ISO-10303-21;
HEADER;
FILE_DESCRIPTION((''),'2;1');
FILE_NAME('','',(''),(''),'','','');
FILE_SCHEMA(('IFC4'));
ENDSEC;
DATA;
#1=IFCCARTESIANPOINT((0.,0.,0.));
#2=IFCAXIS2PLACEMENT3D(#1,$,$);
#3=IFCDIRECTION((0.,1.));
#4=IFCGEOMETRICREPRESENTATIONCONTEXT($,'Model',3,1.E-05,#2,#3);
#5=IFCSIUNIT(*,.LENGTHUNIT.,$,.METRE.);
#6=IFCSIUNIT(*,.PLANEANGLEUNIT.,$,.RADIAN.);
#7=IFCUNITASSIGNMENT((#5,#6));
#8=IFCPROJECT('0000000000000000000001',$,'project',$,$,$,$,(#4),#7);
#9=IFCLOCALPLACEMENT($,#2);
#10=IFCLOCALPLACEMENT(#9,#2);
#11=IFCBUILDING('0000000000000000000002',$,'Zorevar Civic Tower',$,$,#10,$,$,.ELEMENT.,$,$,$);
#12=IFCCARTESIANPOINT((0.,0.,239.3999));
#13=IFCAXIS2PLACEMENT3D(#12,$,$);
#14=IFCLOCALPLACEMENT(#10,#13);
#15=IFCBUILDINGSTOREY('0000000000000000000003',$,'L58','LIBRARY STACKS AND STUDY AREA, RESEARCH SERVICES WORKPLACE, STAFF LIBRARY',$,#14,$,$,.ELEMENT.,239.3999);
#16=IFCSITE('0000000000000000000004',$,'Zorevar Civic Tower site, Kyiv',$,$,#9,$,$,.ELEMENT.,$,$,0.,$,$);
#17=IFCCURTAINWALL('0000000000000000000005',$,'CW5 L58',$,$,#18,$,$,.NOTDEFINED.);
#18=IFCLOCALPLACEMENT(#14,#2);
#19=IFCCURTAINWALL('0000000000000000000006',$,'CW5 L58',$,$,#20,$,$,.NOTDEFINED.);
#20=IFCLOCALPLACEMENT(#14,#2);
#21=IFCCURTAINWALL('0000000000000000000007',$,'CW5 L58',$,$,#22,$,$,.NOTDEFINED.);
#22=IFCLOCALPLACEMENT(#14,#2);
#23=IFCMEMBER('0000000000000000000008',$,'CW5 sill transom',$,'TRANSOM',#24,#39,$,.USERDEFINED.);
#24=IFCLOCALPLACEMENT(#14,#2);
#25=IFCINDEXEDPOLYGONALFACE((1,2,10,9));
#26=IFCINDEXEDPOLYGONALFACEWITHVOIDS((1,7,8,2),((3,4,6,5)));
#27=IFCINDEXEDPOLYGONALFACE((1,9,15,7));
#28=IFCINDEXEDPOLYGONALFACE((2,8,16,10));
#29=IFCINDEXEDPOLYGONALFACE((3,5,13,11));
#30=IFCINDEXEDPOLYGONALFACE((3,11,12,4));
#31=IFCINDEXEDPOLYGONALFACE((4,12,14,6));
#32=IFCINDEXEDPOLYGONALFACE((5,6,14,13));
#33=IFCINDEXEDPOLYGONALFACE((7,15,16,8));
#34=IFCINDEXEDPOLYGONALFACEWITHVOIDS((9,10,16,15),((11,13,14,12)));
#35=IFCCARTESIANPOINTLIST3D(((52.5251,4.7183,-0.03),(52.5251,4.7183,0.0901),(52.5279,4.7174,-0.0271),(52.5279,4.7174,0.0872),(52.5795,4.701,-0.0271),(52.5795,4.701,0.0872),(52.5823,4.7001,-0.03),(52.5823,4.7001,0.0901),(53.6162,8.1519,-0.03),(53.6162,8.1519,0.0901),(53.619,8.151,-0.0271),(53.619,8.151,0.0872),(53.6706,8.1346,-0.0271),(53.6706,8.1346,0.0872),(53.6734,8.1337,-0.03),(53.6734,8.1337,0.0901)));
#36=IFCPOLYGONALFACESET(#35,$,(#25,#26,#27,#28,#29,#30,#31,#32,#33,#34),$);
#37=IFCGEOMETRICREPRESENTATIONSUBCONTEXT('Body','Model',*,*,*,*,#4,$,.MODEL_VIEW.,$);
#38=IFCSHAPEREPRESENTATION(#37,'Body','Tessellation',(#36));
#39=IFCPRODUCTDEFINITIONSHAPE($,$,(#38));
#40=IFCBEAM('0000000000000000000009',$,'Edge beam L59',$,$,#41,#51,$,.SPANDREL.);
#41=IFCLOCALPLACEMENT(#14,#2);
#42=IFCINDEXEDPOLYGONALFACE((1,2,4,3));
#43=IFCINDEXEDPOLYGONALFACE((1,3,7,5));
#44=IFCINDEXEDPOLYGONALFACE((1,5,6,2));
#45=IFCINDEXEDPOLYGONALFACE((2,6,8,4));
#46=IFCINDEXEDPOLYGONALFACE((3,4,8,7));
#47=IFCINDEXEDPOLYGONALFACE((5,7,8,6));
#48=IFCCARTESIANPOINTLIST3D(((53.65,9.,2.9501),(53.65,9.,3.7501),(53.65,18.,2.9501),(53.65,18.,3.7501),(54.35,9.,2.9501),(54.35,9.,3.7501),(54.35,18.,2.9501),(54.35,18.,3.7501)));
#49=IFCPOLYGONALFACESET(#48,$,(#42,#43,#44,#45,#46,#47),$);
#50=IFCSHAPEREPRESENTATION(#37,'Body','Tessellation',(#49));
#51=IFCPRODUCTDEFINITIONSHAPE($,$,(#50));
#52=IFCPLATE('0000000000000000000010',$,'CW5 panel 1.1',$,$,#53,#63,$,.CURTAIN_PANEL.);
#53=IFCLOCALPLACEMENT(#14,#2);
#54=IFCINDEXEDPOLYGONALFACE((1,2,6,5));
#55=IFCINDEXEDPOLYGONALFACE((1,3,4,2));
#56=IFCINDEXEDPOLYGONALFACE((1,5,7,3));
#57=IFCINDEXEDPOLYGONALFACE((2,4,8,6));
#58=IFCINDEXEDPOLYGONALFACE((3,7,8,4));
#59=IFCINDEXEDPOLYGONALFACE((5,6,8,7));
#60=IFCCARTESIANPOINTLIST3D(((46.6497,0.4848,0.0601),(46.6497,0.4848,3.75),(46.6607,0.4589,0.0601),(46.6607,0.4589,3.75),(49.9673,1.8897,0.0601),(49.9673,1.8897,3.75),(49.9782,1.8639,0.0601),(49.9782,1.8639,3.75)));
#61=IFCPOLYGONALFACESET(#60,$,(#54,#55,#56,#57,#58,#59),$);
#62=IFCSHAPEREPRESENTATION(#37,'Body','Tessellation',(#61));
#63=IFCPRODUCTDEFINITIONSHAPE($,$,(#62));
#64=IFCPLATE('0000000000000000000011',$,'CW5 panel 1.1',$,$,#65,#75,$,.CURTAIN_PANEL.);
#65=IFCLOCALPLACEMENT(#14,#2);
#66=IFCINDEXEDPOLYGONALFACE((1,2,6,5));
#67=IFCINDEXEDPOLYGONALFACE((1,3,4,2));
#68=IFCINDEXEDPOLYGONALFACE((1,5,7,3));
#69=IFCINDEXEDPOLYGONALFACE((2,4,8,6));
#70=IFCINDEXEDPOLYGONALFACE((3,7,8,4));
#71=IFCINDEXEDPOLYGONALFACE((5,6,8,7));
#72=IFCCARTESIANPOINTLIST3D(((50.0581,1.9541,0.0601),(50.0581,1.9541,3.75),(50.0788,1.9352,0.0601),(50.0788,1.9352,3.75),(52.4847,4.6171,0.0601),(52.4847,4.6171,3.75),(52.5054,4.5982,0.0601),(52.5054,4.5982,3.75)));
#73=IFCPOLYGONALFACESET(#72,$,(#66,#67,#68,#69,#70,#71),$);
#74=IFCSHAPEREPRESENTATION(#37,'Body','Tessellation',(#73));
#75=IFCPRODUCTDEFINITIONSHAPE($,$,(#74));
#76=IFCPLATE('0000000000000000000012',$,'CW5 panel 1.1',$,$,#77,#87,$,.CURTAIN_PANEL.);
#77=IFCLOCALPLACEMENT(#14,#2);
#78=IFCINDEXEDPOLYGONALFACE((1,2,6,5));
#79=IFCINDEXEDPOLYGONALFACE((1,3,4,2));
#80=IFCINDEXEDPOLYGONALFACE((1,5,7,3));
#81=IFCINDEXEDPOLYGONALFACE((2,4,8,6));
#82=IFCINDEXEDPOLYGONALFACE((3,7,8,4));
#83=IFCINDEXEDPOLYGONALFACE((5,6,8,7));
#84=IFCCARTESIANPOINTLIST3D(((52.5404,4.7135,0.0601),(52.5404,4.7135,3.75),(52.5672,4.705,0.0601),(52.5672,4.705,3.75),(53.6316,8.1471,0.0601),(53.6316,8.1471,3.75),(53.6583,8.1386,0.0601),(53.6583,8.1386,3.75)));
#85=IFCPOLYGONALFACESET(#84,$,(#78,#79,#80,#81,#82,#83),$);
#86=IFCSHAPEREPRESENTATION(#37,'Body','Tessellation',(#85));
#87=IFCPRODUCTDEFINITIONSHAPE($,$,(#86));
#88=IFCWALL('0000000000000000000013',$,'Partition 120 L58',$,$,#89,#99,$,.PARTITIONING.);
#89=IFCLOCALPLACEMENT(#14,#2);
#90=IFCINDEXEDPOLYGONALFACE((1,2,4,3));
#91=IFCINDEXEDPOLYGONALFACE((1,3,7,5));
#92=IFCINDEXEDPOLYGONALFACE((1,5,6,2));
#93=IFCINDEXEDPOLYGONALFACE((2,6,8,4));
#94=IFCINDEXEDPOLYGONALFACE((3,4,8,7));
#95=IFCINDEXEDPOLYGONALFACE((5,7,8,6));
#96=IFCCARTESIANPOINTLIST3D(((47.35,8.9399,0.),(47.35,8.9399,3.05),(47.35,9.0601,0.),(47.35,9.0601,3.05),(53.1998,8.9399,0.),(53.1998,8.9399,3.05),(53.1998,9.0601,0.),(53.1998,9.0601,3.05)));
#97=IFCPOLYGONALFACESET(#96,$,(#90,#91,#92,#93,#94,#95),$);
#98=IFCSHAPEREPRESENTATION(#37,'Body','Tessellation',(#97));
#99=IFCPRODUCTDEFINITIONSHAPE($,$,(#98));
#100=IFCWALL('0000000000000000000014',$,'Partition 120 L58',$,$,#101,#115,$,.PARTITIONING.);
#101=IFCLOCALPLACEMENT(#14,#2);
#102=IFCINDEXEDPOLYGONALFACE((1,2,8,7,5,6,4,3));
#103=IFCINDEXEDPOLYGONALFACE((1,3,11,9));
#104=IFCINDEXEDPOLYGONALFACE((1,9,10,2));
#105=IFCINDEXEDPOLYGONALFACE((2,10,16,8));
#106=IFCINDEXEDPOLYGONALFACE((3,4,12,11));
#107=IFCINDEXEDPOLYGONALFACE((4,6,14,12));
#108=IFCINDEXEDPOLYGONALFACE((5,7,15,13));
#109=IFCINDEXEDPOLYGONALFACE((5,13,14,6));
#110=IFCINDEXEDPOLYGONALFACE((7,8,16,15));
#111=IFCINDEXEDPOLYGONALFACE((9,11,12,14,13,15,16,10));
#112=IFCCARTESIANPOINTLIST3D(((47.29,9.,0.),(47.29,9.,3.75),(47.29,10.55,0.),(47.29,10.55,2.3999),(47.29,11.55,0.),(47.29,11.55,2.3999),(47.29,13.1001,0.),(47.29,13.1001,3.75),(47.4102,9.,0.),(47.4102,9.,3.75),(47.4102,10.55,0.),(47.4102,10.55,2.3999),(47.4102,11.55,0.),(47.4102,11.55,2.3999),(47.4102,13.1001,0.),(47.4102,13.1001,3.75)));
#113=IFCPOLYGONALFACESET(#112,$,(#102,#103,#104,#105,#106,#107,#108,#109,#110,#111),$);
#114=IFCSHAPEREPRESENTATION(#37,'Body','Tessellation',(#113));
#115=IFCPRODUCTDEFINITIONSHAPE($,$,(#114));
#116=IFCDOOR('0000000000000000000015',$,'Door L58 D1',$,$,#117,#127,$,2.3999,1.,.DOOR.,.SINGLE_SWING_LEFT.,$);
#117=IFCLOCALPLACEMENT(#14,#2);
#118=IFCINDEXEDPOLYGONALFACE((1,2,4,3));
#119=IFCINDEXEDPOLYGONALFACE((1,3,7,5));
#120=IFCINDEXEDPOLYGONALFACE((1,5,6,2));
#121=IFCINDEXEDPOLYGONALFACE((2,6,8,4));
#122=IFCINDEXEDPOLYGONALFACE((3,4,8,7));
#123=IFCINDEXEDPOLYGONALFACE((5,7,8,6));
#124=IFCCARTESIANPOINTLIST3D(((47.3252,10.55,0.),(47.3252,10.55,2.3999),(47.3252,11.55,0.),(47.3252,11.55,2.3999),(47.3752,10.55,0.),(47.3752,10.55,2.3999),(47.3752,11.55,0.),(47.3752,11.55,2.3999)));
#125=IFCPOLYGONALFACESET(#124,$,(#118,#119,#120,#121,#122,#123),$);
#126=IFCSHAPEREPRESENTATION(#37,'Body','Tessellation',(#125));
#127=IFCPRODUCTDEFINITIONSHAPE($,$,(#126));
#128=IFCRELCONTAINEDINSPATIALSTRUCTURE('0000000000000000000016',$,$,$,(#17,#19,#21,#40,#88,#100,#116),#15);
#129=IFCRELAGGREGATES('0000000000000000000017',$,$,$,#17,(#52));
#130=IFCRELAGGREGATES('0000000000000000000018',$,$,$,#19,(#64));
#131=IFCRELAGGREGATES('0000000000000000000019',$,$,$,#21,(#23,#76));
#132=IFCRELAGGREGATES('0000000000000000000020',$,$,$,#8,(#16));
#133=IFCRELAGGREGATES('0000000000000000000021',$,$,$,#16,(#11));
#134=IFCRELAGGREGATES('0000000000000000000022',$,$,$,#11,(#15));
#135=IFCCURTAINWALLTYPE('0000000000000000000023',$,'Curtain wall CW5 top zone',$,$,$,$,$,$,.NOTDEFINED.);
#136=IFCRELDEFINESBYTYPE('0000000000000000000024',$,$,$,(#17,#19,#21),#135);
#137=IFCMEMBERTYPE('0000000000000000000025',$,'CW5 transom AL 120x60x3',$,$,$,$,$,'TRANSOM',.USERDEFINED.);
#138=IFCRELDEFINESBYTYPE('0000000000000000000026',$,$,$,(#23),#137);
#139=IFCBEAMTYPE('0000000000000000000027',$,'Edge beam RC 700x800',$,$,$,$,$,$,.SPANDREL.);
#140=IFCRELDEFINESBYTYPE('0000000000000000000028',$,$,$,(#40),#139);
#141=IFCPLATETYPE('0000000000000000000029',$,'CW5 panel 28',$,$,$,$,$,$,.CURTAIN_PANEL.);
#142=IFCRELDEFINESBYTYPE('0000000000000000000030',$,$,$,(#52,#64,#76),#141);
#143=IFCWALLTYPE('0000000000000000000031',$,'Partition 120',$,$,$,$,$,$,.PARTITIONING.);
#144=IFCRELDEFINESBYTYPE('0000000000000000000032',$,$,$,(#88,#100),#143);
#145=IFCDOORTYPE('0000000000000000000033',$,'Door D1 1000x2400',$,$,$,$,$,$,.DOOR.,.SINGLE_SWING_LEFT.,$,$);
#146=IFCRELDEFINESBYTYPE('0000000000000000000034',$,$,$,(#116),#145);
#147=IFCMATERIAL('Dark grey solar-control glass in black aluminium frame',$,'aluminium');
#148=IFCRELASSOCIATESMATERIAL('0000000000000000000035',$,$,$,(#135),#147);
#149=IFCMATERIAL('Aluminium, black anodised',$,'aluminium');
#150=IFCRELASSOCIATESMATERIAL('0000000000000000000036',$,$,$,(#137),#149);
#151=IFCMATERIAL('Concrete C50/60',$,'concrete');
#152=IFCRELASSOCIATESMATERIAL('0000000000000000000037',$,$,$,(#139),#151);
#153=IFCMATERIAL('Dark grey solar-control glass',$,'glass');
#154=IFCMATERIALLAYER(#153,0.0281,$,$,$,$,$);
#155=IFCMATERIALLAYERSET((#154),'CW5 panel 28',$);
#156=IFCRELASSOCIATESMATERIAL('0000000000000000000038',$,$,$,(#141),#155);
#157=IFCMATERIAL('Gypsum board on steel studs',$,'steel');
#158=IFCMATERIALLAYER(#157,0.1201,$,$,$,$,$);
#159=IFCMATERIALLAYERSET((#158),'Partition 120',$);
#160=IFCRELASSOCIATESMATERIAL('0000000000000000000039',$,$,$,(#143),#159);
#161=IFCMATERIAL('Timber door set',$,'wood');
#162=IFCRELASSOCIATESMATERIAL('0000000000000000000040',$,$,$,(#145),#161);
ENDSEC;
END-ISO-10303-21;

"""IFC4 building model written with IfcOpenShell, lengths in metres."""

from ifc_helpers import new_model, si_unit, direction, frame, frame_2d, origin, origin_2d, place, context, subcontext, project, spatial, rectangle, hollow_rectangle, extrude, material, layer, layer_set, material_profile, profile_set, type_object, element, fill, aggregate, save


model = new_model("IFC4")

# Units and contexts
model_context = context("Model", 3, precision=1e-05, world=origin(), true_north=direction((0.0, 1.0)))
body_context = subcontext(model_context, "Body", "Model", "MODEL_VIEW")
ifc_project = project(units=[si_unit("LENGTHUNIT", "METRE"), si_unit("PLANEANGLEUNIT", "RADIAN")], contexts=[model_context])

# Site, building, storey
site_placement = place(None, origin())
site = spatial("IfcSite", under=ifc_project, at=site_placement, Name="Zorevar Civic Tower site, Kyiv", CompositionType="ELEMENT", RefElevation=0.0)
building_placement = place(site_placement, origin())
building = spatial("IfcBuilding", under=site, at=building_placement, Name="Zorevar Civic Tower", CompositionType="ELEMENT")
storey_placement = place(building_placement, frame((0.0, 0.0, 239.3999)))
storey = spatial("IfcBuildingStorey", under=building, at=storey_placement, Name="L58", Description="LIBRARY STACKS AND STUDY AREA, RESEARCH SERVICES WORKPLACE, STAFF LIBRARY", CompositionType="ELEMENT", Elevation=239.3999)

# Curtain walls
ifc_material_1 = material(Name="Dark grey solar-control glass in black aluminium frame", Category="aluminium")
curtain_wall_type = type_object("IfcCurtainWallType", Name="Curtain wall CW5 top zone", PredefinedType="NOTDEFINED", material=ifc_material_1)
curtain_wall_1_placement = place(storey_placement, origin())
curtain_wall_1 = element("IfcCurtainWall", 1, at=curtain_wall_1_placement, inside=storey, type_object=curtain_wall_type, Name="CW5 L58", PredefinedType="NOTDEFINED")
curtain_wall_2_placement = place(storey_placement, origin())
curtain_wall_2 = element("IfcCurtainWall", 2, at=curtain_wall_2_placement, inside=storey, type_object=curtain_wall_type, Name="CW5 L58", PredefinedType="NOTDEFINED")
curtain_wall_3_placement = place(storey_placement, origin())
curtain_wall_3 = element("IfcCurtainWall", 3, at=curtain_wall_3_placement, inside=storey, type_object=curtain_wall_type, Name="CW5 L58", PredefinedType="NOTDEFINED")

# Member
ifc_material_2 = material(Name="Aluminium, black anodised", Category="aluminium")
ifc_material_profile_1 = material_profile(ifc_material_2, hollow_rectangle(XDim=0.0601, YDim=0.1201, WallThickness=0.0029, at=origin_2d()), Name="AL 120x60x3")
ifc_profile_set_1 = profile_set([ifc_material_profile_1], Name="Aluminium, black anodised")
member_type_1 = type_object("IfcMemberType", Name="CW5 transom AL 120x60x3", ElementType="TRANSOM", PredefinedType="USERDEFINED", material=ifc_profile_set_1)
member_1_placement = place(storey_placement, frame((52.5537, 4.7092, 0.03), z_axis=(0.30284, 0.953041, 0.0), x_axis=(-0.953041, 0.30284, 0.0)))
member_1 = element("IfcMember", 4, at=member_1_placement, type_object=member_type_1, Name="CW5 sill transom", ObjectType="TRANSOM", PredefinedType="USERDEFINED", context=body_context, shape_type="SweptSolid", body=[
    extrude(hollow_rectangle(XDim=0.0601, YDim=0.1201, WallThickness=0.0029, at=origin_2d()), origin(), (0.0, 0.0, 1.0), 3.6028),
])

# Beam
ifc_material_3 = material(Name="Concrete C50/60", Category="concrete")
ifc_material_profile_2 = material_profile(ifc_material_3, rectangle(XDim=0.7, YDim=0.8, at=origin_2d()), Name="RC 700x800")
ifc_profile_set_2 = profile_set([ifc_material_profile_2], Name="Concrete C50/60")
beam_type_1 = type_object("IfcBeamType", Name="Edge beam RC 700x800", PredefinedType="SPANDREL", material=ifc_profile_set_2)
beam_1_placement = place(storey_placement, frame((54.0, 9.0, 3.3501), z_axis=(0.0, 1.0, 0.0), x_axis=(-1.0, 0.0, 0.0)))
element("IfcBeam", 5, at=beam_1_placement, inside=storey, type_object=beam_type_1, Name="Edge beam L59", PredefinedType="SPANDREL", context=body_context, shape_type="SweptSolid", body=[
    extrude(rectangle(XDim=0.7, YDim=0.8, at=origin_2d()), origin(), (0.0, 0.0, 1.0), 9.0),
])

# Plates
ifc_material_4 = material(Name="Dark grey solar-control glass", Category="glass")
ifc_layer_1 = layer(ifc_material_4, 0.0281)
ifc_layer_set_1 = layer_set([ifc_layer_1], Name="CW5 panel 28")
plate_type = type_object("IfcPlateType", Name="CW5 panel 28", PredefinedType="CURTAIN_PANEL", material=ifc_layer_set_1)
plate_1_placement = place(storey_placement, frame((48.314, 1.1743, 0.0601), z_axis=(0.0, 0.0, 1.0), x_axis=(0.92083, 0.389965, 0.0)))
plate_1 = element("IfcPlate", 6, at=plate_1_placement, type_object=plate_type, Name="CW5 panel 1.1", PredefinedType="CURTAIN_PANEL", context=body_context, shape_type="SweptSolid", body=[
    extrude(rectangle(XDim=3.6028, YDim=0.0281, at=origin_2d()), origin(), (0.0, 0.0, 1.0), 3.6899),
])
aggregate(curtain_wall_1, [plate_1])
plate_2_placement = place(storey_placement, frame((51.2817, 3.2761, 0.0601), z_axis=(0.0, 0.0, 1.0), x_axis=(0.673533, 0.739157, 0.0)))
plate_2 = element("IfcPlate", 7, at=plate_2_placement, type_object=plate_type, Name="CW5 panel 1.1", PredefinedType="CURTAIN_PANEL", context=body_context, shape_type="SweptSolid", body=[
    extrude(rectangle(XDim=3.6028, YDim=0.0281, at=origin_2d()), origin(), (0.0, 0.0, 1.0), 3.6899),
])
aggregate(curtain_wall_2, [plate_2])
plate_3_placement = place(storey_placement, frame((53.0994, 6.426, 0.0601), z_axis=(0.0, 0.0, 1.0), x_axis=(0.302859, 0.953035, 0.0)))
plate_3 = element("IfcPlate", 8, at=plate_3_placement, type_object=plate_type, Name="CW5 panel 1.1", PredefinedType="CURTAIN_PANEL", context=body_context, shape_type="SweptSolid", body=[
    extrude(rectangle(XDim=3.6028, YDim=0.0281, at=origin_2d()), origin(), (0.0, 0.0, 1.0), 3.6899),
])
aggregate(curtain_wall_3, [member_1, plate_3])

# Wall
ifc_material_5 = material(Name="Gypsum board on steel studs", Category="steel")
ifc_layer_2 = layer(ifc_material_5, 0.1201)
ifc_layer_set_2 = layer_set([ifc_layer_2], Name="Partition 120")
wall_type = type_object("IfcWallType", Name="Partition 120", PredefinedType="PARTITIONING", material=ifc_layer_set_2)
wall_1_placement = place(storey_placement, frame((47.3501, 9.0, 0.0), z_axis=(0.0, 0.0, 1.0), x_axis=(1.0, 0.0, 0.0)))
element("IfcWall", 9, at=wall_1_placement, inside=storey, type_object=wall_type, Name="Partition 120 L58", PredefinedType="PARTITIONING", context=body_context, shape_type="SweptSolid", body=[
    extrude(rectangle(XDim=5.8499, YDim=0.1201, at=frame_2d((2.9248, 0.0))), origin(), (0.0, 0.0, 1.0), 3.05),
])

# Wall, opening, door
wall_2_placement = place(storey_placement, frame((47.3501, 9.0, 0.0), z_axis=(0.0, 0.0, 1.0), x_axis=(0.0, 1.0, 0.0)))
wall_2 = element("IfcWall", 10, at=wall_2_placement, inside=storey, type_object=wall_type, Name="Partition 120 L58", PredefinedType="PARTITIONING", context=body_context, shape_type="SweptSolid", body=[
    extrude(rectangle(XDim=4.1001, YDim=0.1201, at=frame_2d((2.05, 0.0))), origin(), (0.0, 0.0, 1.0), 3.75),
])
opening_placement = place(wall_2_placement, frame((1.55, 0.0, 0.0)))
opening = element("IfcOpeningElement", 11, at=opening_placement, cuts=wall_2, PredefinedType="OPENING", context=body_context, shape_type="SweptSolid", body=[
    extrude(rectangle(XDim=1.0, YDim=2.3999, at=frame_2d((0.5, 1.2))), frame((0.0, 0.0701, 0.0), z_axis=(0.0, -1.0, 0.0), x_axis=(1.0, 0.0, 0.0)), (0.0, 0.0, 1.0), 0.1401),
])
ifc_material_6 = material(Name="Timber door set", Category="wood")
door_type = type_object("IfcDoorType", Name="Door D1 1000x2400", OperationType="SINGLE_SWING_LEFT", PredefinedType="DOOR", material=ifc_material_6)
door_placement = place(opening_placement, origin())
door = element("IfcDoor", 12, at=door_placement, inside=storey, type_object=door_type, Name="Door L58 D1", OperationType="SINGLE_SWING_LEFT", OverallHeight=2.3999, OverallWidth=1.0, PredefinedType="DOOR", context=body_context, shape_type="SweptSolid", body=[
    extrude(rectangle(XDim=1.0, YDim=2.3999, at=frame_2d((0.5, 1.2))), frame((0.0, 0.0249, 0.0), z_axis=(0.0, -1.0, 0.0), x_axis=(1.0, 0.0, 0.0)), (0.0, 0.0, 1.0), 0.05),
])
fill(opening, door)

save(model, "model.ifc")
